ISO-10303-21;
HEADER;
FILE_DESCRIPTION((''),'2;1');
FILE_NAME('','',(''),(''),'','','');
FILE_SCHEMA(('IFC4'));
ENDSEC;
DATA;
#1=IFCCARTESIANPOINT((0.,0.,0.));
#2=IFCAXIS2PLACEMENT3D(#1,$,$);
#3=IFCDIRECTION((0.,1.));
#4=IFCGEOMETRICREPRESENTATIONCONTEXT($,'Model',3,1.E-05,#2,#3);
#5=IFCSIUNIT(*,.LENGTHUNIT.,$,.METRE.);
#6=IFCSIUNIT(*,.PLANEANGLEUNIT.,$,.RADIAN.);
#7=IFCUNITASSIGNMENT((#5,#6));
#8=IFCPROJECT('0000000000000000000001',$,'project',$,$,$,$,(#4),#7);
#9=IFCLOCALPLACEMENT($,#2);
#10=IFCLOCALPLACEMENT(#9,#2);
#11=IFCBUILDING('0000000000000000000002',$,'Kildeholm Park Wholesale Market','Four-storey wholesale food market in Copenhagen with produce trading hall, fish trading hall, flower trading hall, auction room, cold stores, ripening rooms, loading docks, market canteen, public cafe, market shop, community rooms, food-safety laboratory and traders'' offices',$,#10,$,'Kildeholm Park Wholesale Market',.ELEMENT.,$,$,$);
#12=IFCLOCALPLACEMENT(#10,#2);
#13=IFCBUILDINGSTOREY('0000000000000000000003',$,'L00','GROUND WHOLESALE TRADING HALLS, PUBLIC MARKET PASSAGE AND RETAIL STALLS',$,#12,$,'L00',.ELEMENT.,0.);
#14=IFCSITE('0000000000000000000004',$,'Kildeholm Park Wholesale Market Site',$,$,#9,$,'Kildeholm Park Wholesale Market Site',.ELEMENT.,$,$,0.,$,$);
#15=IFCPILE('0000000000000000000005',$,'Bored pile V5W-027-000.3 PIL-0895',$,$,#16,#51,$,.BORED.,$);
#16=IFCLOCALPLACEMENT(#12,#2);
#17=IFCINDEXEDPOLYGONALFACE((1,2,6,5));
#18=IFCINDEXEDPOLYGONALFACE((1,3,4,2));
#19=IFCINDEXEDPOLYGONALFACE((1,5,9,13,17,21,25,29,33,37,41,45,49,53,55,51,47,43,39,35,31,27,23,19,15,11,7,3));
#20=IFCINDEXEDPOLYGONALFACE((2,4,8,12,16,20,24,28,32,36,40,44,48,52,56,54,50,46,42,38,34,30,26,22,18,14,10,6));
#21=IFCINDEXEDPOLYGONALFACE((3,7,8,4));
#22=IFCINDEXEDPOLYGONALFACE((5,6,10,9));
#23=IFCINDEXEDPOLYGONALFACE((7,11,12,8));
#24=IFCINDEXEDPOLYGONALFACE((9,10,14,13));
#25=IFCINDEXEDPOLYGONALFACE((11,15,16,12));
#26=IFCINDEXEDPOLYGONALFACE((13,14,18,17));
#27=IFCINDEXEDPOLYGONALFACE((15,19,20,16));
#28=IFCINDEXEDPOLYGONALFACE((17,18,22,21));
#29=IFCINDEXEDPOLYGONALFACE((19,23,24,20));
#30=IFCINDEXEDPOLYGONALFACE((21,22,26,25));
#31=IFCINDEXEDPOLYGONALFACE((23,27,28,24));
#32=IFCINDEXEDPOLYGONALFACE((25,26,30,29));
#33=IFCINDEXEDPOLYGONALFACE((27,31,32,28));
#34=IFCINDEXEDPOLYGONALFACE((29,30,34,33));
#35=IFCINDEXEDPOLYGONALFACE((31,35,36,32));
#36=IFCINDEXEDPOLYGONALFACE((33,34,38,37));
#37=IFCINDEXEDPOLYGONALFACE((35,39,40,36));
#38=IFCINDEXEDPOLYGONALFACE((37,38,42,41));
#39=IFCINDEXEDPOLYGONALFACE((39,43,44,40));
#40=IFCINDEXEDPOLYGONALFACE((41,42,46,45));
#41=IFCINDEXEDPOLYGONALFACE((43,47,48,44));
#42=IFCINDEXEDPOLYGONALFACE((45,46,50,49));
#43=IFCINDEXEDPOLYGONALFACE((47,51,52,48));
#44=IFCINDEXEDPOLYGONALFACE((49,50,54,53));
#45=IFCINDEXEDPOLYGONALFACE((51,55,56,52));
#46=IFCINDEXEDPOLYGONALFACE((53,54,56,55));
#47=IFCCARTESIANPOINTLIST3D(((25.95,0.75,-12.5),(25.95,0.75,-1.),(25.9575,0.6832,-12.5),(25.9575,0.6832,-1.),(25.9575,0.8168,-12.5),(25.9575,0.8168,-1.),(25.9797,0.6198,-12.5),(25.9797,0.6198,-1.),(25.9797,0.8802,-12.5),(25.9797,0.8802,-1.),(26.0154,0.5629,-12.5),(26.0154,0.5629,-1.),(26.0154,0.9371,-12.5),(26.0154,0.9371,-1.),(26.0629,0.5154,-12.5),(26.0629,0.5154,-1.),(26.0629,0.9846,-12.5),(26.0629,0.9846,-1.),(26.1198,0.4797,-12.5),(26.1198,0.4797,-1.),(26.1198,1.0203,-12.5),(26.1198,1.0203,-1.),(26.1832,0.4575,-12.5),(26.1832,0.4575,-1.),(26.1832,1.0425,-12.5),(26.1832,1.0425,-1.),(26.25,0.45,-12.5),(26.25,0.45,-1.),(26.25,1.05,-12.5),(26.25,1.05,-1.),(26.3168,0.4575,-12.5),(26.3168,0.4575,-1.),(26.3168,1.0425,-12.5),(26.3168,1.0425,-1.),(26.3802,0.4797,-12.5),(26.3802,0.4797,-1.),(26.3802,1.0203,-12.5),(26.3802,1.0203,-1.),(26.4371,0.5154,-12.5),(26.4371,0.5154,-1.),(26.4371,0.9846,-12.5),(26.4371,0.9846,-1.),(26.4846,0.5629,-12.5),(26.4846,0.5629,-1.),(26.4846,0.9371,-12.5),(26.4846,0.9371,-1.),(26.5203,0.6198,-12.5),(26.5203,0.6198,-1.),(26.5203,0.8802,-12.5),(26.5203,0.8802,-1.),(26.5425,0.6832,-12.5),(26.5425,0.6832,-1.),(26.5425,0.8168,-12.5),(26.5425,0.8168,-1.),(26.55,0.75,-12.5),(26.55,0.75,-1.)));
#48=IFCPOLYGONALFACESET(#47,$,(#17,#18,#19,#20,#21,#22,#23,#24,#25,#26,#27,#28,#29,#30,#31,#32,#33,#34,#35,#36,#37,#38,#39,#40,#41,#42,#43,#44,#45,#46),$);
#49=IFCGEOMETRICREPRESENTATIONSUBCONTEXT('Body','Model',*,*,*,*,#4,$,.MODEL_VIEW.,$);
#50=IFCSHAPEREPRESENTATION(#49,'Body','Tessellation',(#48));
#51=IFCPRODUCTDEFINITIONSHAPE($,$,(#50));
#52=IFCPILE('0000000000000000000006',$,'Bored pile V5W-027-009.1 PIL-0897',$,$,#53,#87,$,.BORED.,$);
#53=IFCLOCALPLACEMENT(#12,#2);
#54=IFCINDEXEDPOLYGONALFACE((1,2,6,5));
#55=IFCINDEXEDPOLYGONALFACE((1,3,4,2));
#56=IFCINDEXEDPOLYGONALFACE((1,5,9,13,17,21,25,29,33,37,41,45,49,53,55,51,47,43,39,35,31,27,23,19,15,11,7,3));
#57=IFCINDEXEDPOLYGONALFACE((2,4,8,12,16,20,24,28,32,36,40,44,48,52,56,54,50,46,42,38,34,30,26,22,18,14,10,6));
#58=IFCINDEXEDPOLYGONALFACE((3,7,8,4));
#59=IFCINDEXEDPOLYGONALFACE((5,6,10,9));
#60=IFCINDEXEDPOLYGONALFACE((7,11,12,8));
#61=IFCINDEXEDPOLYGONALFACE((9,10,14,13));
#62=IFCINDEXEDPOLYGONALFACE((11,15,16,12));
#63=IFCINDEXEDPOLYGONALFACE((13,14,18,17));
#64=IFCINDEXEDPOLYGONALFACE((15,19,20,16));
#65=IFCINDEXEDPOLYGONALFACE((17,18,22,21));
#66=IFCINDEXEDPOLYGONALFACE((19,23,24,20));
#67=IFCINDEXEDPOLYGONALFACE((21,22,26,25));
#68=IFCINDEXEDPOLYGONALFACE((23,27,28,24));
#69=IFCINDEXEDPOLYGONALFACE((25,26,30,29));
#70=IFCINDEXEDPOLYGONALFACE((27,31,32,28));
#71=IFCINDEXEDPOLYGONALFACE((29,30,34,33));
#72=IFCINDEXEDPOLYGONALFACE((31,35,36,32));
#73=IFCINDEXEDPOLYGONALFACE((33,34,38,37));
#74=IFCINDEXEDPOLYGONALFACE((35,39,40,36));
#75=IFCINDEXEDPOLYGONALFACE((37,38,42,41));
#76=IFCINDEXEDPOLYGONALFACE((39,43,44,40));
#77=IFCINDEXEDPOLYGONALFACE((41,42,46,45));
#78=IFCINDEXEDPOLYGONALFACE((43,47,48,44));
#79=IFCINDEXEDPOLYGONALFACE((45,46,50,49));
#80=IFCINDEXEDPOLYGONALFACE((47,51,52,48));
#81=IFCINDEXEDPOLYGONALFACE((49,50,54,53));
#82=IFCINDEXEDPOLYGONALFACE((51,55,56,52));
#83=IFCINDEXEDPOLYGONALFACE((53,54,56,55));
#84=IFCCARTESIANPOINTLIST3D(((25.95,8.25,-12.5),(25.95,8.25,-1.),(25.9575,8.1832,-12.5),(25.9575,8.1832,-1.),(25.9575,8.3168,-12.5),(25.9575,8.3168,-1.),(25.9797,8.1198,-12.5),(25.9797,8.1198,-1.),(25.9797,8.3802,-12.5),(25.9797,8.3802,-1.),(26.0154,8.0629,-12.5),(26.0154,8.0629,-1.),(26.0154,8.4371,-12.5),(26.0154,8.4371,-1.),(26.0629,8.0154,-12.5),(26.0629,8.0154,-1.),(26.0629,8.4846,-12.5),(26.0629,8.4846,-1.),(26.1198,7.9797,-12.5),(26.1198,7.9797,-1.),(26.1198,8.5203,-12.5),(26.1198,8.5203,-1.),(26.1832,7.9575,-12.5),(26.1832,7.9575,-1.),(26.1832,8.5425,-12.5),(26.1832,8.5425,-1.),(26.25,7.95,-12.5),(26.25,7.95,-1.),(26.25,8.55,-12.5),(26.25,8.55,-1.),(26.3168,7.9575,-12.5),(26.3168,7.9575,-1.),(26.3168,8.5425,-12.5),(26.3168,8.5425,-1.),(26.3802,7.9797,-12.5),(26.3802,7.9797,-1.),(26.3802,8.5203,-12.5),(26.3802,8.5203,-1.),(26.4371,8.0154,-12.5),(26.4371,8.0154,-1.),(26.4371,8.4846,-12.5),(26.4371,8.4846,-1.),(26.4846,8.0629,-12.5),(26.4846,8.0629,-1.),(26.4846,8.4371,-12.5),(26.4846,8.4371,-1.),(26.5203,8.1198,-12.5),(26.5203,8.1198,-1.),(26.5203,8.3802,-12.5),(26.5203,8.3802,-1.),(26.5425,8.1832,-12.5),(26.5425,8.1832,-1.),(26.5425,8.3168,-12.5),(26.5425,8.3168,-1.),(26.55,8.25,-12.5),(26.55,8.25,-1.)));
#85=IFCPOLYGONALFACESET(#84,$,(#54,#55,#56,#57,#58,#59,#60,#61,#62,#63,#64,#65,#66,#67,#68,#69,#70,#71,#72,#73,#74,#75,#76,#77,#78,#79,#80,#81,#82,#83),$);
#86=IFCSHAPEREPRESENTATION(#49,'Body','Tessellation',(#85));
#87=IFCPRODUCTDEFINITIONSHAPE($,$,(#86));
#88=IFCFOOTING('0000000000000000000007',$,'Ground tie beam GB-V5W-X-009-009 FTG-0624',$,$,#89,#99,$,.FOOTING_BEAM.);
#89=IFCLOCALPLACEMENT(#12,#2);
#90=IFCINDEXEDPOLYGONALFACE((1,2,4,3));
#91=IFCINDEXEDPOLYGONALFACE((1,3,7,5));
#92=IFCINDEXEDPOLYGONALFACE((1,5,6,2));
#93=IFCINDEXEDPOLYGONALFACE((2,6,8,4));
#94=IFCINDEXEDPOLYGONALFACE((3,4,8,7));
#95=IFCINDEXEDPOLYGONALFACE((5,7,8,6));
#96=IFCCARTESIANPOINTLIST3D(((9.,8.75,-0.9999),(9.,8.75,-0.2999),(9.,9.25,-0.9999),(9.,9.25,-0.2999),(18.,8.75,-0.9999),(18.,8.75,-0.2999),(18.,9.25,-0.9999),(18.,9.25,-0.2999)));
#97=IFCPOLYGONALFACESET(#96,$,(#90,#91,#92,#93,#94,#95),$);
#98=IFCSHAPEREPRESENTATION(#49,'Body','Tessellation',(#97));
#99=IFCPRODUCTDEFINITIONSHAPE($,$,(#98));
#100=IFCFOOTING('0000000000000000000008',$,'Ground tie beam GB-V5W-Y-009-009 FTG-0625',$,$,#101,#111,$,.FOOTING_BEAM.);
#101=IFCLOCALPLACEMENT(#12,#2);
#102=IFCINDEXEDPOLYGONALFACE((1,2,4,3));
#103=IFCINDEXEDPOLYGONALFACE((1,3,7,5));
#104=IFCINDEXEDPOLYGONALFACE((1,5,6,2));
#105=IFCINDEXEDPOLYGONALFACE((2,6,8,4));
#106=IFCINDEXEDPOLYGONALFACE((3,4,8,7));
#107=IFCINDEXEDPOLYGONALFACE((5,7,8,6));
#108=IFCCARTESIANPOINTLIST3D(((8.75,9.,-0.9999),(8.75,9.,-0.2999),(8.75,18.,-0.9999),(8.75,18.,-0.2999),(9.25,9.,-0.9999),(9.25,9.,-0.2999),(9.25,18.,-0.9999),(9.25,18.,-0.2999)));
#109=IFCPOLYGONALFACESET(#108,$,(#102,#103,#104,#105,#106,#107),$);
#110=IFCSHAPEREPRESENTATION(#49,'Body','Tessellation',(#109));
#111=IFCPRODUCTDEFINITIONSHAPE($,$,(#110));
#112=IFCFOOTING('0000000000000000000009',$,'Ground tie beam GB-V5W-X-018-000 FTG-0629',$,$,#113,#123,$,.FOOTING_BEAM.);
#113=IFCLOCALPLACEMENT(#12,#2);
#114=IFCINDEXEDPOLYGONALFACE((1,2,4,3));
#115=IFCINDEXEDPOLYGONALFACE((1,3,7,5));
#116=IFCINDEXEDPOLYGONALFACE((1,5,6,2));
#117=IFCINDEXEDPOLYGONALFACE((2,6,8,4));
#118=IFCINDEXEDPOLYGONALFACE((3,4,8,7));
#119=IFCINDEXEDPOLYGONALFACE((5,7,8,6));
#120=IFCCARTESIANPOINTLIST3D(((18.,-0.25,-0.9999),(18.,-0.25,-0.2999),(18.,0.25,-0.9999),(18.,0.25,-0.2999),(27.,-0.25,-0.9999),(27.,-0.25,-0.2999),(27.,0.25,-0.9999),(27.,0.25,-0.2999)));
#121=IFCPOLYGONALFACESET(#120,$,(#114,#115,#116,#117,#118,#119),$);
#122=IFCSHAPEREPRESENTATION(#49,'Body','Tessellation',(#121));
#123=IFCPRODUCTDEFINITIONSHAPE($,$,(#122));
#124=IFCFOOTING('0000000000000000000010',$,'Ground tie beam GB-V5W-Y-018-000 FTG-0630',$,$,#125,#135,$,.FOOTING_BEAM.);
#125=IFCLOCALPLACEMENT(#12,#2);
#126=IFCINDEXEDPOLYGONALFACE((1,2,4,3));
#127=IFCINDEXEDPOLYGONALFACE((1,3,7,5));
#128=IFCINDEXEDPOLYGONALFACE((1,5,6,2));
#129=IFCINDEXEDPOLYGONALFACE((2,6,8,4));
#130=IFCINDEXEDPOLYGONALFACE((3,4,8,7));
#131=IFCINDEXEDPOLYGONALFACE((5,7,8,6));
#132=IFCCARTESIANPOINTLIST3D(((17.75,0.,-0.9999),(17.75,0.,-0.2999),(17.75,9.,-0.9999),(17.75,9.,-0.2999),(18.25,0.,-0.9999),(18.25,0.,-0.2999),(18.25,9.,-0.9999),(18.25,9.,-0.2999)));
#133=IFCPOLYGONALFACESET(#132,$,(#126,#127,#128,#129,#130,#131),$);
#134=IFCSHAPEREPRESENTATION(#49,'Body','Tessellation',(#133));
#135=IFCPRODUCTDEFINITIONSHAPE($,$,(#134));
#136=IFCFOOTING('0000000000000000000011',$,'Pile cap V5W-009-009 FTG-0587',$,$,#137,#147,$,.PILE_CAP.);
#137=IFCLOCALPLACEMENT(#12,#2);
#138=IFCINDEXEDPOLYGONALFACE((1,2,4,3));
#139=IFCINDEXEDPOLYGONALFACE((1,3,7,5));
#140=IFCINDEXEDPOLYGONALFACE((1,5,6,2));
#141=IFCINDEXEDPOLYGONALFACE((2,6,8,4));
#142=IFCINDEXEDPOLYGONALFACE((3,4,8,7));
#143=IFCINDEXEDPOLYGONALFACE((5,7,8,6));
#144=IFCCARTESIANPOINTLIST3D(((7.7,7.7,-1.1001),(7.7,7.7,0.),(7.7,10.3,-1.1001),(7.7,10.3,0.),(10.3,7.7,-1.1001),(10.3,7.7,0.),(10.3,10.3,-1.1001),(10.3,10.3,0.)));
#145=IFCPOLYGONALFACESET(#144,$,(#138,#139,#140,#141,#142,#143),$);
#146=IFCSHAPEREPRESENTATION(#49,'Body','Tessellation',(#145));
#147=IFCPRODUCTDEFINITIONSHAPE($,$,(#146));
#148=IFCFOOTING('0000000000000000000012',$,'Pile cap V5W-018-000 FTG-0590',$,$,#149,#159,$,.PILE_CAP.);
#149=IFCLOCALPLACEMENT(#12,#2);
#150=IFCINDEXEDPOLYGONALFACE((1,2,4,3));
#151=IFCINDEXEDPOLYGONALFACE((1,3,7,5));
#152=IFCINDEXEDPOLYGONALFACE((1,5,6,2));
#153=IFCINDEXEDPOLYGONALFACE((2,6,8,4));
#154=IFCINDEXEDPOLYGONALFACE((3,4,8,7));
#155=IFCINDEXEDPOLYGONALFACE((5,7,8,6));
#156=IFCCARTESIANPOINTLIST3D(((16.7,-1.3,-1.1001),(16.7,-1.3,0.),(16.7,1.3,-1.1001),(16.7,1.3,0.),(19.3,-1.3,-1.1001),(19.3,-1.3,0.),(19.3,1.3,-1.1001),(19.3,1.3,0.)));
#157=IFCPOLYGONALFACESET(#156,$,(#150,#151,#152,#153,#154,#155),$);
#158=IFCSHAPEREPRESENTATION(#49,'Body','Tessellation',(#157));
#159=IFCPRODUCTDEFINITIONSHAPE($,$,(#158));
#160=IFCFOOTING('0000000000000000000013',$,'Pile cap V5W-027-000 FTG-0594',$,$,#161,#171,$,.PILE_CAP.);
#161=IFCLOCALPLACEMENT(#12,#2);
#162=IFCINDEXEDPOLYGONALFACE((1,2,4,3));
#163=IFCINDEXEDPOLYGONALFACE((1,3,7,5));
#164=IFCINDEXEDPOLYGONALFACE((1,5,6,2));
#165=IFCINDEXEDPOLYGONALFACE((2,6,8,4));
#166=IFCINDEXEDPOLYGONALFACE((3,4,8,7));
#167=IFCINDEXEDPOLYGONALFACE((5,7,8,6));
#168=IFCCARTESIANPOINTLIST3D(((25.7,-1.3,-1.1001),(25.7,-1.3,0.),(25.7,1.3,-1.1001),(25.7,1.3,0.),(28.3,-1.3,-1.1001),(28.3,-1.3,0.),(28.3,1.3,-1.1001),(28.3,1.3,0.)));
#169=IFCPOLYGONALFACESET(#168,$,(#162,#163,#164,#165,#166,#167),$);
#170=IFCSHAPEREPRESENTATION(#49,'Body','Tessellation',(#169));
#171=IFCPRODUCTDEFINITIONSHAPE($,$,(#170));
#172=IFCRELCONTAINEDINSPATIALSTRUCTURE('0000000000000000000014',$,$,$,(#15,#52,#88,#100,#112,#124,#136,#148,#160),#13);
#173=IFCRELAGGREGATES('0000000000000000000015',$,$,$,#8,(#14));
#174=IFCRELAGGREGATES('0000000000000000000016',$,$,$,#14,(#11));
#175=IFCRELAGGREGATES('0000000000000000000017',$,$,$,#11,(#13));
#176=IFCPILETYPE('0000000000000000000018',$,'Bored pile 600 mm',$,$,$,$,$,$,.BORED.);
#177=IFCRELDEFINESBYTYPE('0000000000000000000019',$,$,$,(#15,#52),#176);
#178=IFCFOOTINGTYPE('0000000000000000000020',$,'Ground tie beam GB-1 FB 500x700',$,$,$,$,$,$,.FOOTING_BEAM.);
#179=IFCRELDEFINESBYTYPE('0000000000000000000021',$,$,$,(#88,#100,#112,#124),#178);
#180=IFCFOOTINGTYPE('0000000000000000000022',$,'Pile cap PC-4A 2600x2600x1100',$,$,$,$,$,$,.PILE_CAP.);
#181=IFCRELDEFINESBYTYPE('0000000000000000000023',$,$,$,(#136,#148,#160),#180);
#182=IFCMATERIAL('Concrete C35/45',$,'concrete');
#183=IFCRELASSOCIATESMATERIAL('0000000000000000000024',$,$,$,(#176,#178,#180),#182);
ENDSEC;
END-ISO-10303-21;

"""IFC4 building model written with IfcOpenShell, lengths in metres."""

from ifc_helpers import new_model, si_unit, direction, frame, origin, origin_2d, place, context, subcontext, project, spatial, rectangle, circle, extrude, material, material_profile, profile_set, type_object, element, save


model = new_model("IFC4")

# Units and contexts
model_context = context("Model", 3, precision=1e-05, world=origin(), true_north=direction((0.0, 1.0)))
body_context = subcontext(model_context, "Body", "Model", "MODEL_VIEW")
ifc_project = project(units=[si_unit("LENGTHUNIT", "METRE"), si_unit("PLANEANGLEUNIT", "RADIAN")], contexts=[model_context])

# Site, building, storey
site_placement = place(None, origin())
site = spatial("IfcSite", under=ifc_project, at=site_placement, Name="Kildeholm Park Wholesale Market Site", LongName="Kildeholm Park Wholesale Market Site", CompositionType="ELEMENT", RefElevation=0.0)
building_placement = place(site_placement, origin())
building = spatial("IfcBuilding", under=site, at=building_placement, Name="Kildeholm Park Wholesale Market", Description="Four-storey wholesale food market in Copenhagen with produce trading hall, fish trading hall, flower trading hall, auction room, cold stores, ripening rooms, loading docks, market canteen, public cafe, market shop, community rooms, food-safety laboratory and traders' offices", LongName="Kildeholm Park Wholesale Market", CompositionType="ELEMENT")
storey_placement = place(building_placement, origin())
storey = spatial("IfcBuildingStorey", under=building, at=storey_placement, Name="L00", Description="GROUND WHOLESALE TRADING HALLS, PUBLIC MARKET PASSAGE AND RETAIL STALLS", LongName="L00", CompositionType="ELEMENT", Elevation=0.0)

# Piles
ifc_material_1 = material(Name="Concrete C35/45", Category="concrete")
ifc_material_profile_1 = material_profile(ifc_material_1, circle(Radius=0.3, at=origin_2d()), Name="PILE D600")
ifc_profile_set_1 = profile_set([ifc_material_profile_1], Name="Concrete C35/45")
pile_type = type_object("IfcPileType", Name="Bored pile 600 mm", PredefinedType="BORED", material=ifc_profile_set_1)
for number, where, z_axis, x_axis, name in (
    (1, (26.25, 0.75, -1.0), (0.0, 0.0, -1.0), (1.0, 0.0, 0.0), "Bored pile V5W-027-000.3 PIL-0895"),
    (2, (26.25, 8.25, -1.0), (0.0, 0.0, -1.0), (1.0, 0.0, 0.0), "Bored pile V5W-027-009.1 PIL-0897"),
):
    element("IfcPile", number, at=place(storey_placement, frame(where, z_axis=z_axis, x_axis=x_axis)), inside=storey, type_object=pile_type, Name=name, PredefinedType="BORED", context=body_context, shape_type="SweptSolid", body=[
        extrude(circle(Radius=0.3, at=origin_2d()), origin(), (0.0, 0.0, 1.0), 11.5),
    ])

# Footings
ifc_material_profile_2 = material_profile(ifc_material_1, rectangle(XDim=0.5, YDim=0.7, at=origin_2d()), Name="FB 500x700")
ifc_profile_set_2 = profile_set([ifc_material_profile_2], Name="Concrete C35/45")
footing_type_1 = type_object("IfcFootingType", Name="Ground tie beam GB-1 FB 500x700", PredefinedType="FOOTING_BEAM", material=ifc_profile_set_2)
for number, where, z_axis, x_axis, name in (
    (3, (9.0, 9.0, -0.6499), (1.0, 0.0, 0.0), (0.0, 1.0, 0.0), "Ground tie beam GB-V5W-X-009-009 FTG-0624"),
    (4, (9.0, 9.0, -0.6499), (0.0, 1.0, 0.0), (-1.0, 0.0, 0.0), "Ground tie beam GB-V5W-Y-009-009 FTG-0625"),
    (5, (18.0, 0.0, -0.6499), (1.0, 0.0, 0.0), (0.0, 1.0, 0.0), "Ground tie beam GB-V5W-X-018-000 FTG-0629"),
    (6, (18.0, 0.0, -0.6499), (0.0, 1.0, 0.0), (-1.0, 0.0, 0.0), "Ground tie beam GB-V5W-Y-018-000 FTG-0630"),
):
    element("IfcFooting", number, at=place(storey_placement, frame(where, z_axis=z_axis, x_axis=x_axis)), inside=storey, type_object=footing_type_1, Name=name, PredefinedType="FOOTING_BEAM", context=body_context, shape_type="SweptSolid", body=[
        extrude(rectangle(XDim=0.5, YDim=0.7, at=origin_2d()), origin(), (0.0, 0.0, 1.0), 9.0),
    ])
footing_type_2 = type_object("IfcFootingType", Name="Pile cap PC-4A 2600x2600x1100", PredefinedType="PILE_CAP", material=ifc_material_1)
for number, where, z_axis, x_axis, name in (
    (7, (9.0, 9.0, -1.1001), (0.0, 0.0, 1.0), (1.0, 0.0, 0.0), "Pile cap V5W-009-009 FTG-0587"),
    (8, (18.0, 0.0, -1.1001), (0.0, 0.0, 1.0), (1.0, 0.0, 0.0), "Pile cap V5W-018-000 FTG-0590"),
    (9, (27.0, 0.0, -1.1001), (0.0, 0.0, 1.0), (1.0, 0.0, 0.0), "Pile cap V5W-027-000 FTG-0594"),
):
    element("IfcFooting", number, at=place(storey_placement, frame(where, z_axis=z_axis, x_axis=x_axis)), inside=storey, type_object=footing_type_2, Name=name, PredefinedType="PILE_CAP", context=body_context, shape_type="SweptSolid", body=[
        extrude(rectangle(XDim=2.6001, YDim=2.6001, at=origin_2d()), origin(), (0.0, 0.0, 1.0), 1.1001),
    ])

save(model, "model.ifc")
